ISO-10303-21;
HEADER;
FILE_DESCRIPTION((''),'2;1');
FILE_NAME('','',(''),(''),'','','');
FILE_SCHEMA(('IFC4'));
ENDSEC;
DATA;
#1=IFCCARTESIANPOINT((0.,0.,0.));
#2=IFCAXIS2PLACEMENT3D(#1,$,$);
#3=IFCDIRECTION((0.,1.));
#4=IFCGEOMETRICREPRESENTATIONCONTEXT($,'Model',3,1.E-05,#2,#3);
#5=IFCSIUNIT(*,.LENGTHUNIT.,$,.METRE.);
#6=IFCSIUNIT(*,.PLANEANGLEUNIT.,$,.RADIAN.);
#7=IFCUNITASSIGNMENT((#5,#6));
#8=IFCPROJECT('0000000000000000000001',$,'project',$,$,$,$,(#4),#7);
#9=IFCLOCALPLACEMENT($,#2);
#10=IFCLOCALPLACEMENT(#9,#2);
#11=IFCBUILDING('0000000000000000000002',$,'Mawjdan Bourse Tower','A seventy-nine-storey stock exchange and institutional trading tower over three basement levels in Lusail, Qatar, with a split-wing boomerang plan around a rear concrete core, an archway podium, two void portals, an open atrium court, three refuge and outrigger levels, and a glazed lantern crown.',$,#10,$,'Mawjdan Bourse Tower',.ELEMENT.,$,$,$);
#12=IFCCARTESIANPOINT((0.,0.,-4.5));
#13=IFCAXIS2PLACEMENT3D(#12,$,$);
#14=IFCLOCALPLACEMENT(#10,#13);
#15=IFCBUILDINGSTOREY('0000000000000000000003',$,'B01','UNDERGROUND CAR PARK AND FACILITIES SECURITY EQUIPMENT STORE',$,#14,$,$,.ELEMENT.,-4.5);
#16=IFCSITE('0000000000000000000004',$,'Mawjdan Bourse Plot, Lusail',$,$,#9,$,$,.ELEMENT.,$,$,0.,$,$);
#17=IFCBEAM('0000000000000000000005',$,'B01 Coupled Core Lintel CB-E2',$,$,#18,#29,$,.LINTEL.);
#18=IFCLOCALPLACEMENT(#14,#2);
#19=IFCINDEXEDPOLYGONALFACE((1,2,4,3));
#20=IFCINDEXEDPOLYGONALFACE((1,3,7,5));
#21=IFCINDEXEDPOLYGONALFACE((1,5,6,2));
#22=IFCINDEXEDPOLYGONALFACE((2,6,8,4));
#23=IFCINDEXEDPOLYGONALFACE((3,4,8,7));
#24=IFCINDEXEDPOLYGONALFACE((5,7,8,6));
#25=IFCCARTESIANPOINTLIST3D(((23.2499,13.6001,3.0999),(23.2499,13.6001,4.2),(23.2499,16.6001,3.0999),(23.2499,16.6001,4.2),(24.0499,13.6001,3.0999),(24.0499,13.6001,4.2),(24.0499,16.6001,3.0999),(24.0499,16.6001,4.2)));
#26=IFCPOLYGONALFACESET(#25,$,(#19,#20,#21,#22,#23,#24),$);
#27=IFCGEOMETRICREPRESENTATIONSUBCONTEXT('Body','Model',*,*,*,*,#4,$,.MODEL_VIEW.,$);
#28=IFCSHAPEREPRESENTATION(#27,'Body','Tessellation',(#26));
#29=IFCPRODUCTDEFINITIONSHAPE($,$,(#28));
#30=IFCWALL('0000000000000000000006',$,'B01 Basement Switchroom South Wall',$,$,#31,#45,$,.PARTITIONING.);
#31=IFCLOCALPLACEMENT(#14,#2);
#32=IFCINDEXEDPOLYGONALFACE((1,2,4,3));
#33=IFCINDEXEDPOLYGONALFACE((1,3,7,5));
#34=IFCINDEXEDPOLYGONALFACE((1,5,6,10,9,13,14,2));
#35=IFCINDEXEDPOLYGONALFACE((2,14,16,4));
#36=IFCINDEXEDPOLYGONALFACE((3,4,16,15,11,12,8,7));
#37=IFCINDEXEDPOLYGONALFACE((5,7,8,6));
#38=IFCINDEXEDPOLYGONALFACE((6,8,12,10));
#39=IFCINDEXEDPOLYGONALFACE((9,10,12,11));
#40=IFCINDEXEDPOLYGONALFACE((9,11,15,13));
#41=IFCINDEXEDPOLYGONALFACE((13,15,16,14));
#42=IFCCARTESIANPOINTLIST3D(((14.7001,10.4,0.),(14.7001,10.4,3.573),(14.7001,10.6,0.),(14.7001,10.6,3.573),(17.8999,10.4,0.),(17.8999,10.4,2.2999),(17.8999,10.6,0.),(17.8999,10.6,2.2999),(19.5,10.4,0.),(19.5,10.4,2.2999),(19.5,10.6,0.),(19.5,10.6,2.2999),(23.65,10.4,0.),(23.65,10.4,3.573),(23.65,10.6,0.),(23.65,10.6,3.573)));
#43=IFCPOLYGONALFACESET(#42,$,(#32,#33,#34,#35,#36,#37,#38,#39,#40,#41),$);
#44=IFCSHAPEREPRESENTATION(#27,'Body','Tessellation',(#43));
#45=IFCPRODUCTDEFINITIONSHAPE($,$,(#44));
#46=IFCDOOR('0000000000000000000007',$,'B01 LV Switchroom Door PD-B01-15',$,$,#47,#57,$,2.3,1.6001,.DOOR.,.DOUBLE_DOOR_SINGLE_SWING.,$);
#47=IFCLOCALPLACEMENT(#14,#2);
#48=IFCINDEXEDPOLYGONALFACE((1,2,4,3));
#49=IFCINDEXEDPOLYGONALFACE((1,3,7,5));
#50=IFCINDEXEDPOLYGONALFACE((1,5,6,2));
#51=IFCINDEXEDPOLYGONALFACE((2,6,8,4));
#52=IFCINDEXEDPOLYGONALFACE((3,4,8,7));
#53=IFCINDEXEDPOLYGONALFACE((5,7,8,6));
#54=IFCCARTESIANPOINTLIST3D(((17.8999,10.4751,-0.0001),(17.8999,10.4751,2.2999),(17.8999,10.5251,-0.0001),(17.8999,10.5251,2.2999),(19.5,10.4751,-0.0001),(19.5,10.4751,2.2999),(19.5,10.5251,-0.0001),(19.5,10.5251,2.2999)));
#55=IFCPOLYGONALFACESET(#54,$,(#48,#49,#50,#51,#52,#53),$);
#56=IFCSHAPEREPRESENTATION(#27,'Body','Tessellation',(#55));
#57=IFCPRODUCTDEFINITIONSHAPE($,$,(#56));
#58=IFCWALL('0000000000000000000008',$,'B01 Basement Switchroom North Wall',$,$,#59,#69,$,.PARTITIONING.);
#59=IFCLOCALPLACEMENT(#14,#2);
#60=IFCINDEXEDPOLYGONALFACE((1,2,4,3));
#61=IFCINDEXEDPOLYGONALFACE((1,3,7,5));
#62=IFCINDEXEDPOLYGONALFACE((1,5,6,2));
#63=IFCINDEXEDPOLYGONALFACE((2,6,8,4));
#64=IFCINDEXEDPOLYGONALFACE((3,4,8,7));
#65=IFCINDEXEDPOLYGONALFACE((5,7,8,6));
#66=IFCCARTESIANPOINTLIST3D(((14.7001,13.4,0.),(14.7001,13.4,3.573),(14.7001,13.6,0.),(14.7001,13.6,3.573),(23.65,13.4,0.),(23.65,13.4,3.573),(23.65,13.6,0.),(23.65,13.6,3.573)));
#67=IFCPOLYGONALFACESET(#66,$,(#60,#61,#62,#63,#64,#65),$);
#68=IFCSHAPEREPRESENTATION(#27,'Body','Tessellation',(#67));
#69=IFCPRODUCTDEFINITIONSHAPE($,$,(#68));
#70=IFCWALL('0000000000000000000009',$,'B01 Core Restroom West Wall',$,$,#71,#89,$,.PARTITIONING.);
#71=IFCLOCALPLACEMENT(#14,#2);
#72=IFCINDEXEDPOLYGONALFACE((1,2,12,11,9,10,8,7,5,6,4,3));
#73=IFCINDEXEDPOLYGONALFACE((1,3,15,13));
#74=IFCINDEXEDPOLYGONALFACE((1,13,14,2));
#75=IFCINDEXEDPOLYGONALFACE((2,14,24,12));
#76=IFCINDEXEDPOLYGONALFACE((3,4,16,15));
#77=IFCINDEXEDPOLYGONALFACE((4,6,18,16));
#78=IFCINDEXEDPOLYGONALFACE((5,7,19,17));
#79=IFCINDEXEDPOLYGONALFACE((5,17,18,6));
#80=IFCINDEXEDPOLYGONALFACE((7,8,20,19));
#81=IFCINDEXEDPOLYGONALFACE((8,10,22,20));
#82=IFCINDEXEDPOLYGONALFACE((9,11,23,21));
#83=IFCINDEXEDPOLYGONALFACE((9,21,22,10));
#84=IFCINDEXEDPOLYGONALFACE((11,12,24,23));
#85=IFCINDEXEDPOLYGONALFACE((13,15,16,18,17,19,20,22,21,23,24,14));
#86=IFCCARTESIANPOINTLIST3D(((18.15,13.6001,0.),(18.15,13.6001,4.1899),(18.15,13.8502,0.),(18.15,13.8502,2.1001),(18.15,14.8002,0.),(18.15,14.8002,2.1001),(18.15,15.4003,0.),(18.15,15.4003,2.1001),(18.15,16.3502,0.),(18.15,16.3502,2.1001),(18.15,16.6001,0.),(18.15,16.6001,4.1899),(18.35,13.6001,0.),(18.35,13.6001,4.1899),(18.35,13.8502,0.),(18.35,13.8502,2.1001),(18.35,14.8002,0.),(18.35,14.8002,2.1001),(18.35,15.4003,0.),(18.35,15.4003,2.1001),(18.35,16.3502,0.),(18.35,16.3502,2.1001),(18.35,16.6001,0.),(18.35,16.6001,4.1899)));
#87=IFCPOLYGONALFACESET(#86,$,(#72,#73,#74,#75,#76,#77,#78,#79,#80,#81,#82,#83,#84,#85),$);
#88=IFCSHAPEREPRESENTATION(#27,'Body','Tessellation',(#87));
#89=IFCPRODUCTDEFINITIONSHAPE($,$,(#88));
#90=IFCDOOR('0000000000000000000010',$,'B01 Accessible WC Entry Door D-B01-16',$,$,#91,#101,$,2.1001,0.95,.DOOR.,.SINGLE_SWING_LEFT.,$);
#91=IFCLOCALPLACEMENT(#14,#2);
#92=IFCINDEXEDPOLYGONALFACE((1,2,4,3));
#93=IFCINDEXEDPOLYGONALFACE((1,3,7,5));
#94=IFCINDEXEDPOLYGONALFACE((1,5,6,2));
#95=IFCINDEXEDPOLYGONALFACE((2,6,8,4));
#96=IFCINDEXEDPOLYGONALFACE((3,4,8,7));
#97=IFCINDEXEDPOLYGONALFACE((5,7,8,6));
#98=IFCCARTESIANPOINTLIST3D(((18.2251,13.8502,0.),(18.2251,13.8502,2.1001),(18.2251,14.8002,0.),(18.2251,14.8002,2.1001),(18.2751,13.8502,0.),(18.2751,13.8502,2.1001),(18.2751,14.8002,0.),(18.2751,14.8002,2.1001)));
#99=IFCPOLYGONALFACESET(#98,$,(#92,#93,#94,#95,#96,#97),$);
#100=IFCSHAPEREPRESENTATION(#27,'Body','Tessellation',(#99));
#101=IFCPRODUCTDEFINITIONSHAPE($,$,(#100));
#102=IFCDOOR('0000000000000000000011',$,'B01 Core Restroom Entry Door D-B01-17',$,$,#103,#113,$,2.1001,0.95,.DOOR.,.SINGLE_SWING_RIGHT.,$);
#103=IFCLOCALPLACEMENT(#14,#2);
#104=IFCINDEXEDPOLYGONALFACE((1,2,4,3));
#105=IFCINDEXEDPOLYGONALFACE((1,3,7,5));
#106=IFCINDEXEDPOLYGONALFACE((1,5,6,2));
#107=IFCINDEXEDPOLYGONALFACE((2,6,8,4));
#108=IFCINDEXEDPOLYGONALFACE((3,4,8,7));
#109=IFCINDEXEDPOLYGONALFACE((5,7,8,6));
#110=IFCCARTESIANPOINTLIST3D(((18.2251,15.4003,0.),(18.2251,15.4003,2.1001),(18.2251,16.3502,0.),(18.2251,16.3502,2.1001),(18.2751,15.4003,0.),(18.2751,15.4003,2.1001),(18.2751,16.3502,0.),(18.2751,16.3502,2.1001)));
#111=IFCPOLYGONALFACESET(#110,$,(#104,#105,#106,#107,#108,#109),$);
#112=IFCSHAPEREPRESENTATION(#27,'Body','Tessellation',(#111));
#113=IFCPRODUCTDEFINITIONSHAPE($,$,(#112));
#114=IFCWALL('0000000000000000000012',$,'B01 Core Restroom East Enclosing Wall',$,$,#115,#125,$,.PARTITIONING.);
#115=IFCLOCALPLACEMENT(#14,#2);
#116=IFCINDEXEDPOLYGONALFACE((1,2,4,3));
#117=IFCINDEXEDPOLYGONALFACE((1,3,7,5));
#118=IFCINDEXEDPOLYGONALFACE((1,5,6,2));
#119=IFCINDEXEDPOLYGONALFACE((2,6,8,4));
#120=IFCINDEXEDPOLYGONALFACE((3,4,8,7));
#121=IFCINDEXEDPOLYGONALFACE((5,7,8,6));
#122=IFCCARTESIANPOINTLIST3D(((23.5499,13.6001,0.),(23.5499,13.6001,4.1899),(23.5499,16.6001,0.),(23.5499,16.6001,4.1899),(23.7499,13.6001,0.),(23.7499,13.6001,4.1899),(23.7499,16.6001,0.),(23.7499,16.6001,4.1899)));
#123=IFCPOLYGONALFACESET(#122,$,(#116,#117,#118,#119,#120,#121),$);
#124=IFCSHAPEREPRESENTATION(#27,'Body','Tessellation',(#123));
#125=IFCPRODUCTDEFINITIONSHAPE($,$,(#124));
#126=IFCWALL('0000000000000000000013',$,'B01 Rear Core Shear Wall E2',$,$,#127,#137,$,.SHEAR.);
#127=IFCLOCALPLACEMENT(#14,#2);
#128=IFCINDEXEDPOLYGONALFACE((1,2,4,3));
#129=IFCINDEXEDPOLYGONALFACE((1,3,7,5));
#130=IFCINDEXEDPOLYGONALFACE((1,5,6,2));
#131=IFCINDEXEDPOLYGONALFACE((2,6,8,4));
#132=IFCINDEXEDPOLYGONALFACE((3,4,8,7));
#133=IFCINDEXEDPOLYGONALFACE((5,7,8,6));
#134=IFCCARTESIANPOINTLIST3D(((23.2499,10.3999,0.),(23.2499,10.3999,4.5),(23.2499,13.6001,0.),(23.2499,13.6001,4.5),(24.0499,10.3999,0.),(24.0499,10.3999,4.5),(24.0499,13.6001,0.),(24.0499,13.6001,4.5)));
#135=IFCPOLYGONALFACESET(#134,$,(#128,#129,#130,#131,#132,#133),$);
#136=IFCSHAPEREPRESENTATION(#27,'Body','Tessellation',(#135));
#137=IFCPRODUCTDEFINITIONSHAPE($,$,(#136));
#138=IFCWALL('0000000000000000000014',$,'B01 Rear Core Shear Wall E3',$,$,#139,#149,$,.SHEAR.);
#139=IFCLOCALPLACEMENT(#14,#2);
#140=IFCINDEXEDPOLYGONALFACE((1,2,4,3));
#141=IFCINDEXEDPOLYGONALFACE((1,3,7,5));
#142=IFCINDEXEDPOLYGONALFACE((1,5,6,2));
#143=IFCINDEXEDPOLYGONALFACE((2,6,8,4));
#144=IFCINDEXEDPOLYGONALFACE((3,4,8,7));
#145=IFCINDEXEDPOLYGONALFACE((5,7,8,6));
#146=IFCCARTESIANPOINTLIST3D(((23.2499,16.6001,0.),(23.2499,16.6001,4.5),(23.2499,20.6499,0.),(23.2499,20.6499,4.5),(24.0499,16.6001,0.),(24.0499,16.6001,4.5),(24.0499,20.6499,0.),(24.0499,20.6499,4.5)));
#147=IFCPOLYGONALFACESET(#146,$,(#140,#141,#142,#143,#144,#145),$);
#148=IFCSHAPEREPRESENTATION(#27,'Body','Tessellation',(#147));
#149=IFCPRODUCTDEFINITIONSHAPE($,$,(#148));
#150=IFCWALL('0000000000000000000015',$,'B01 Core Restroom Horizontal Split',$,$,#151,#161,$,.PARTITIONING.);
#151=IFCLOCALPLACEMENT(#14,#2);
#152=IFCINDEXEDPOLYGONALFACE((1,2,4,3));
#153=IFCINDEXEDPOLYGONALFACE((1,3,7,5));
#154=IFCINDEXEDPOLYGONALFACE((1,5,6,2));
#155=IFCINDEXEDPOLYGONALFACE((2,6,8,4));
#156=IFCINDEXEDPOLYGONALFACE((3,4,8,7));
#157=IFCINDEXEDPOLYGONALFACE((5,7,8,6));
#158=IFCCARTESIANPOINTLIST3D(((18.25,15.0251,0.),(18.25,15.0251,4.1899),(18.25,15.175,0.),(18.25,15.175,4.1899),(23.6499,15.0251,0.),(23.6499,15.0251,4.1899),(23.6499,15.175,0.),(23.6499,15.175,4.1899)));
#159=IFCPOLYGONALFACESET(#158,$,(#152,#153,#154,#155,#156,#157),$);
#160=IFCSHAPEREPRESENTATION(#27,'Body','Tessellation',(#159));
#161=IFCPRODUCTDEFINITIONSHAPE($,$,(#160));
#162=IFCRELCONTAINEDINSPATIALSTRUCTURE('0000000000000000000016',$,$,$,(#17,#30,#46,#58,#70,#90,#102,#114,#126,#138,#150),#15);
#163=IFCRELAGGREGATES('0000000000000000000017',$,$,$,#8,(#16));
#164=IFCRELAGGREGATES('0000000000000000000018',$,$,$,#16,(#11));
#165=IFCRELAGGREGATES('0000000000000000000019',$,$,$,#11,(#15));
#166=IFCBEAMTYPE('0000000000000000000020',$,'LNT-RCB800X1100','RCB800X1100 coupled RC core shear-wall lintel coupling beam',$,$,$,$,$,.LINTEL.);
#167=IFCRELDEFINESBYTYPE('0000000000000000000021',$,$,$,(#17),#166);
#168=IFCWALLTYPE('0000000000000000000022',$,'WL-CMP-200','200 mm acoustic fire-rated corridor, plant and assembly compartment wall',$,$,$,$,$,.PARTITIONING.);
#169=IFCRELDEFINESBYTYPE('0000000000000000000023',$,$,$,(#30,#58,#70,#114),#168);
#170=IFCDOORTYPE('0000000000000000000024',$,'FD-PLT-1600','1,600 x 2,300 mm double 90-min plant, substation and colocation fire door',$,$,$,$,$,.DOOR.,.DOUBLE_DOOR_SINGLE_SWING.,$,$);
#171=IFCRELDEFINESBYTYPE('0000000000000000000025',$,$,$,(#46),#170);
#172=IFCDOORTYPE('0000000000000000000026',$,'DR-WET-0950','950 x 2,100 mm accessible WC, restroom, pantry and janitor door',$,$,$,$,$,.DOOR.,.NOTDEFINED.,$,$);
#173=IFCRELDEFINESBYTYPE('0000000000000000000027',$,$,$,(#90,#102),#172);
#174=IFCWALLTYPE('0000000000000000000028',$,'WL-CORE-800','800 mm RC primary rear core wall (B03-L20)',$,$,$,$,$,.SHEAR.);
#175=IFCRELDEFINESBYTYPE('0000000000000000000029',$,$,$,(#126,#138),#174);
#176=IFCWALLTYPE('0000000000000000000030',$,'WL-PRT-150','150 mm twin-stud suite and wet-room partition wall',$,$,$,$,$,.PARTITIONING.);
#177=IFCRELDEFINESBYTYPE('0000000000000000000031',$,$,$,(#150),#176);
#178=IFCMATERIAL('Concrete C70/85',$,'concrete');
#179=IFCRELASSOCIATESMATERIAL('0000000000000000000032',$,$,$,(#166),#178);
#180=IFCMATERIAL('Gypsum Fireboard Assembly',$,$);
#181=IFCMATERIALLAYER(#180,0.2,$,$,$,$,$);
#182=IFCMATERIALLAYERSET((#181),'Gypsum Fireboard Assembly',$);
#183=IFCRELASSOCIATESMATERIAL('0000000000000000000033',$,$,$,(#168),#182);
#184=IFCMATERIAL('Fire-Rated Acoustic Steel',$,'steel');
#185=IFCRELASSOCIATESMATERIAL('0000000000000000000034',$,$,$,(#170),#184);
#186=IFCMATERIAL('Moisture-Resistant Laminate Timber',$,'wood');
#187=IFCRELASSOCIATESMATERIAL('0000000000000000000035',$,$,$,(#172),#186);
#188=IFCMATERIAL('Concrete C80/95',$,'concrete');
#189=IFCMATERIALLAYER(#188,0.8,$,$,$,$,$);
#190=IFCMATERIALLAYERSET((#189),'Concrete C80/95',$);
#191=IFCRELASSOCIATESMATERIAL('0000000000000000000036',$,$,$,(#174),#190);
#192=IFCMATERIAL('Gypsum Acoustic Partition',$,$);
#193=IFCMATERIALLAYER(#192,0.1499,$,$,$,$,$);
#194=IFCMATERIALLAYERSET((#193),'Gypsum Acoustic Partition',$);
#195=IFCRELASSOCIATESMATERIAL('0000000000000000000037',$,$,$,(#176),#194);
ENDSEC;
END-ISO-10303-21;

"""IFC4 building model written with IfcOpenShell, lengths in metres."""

from ifc_helpers import new_model, si_unit, direction, frame, frame_2d, origin, origin_2d, place, context, subcontext, project, spatial, rectangle, extrude, material, layer, layer_set, material_profile, profile_set, type_object, element, fill, save


model = new_model("IFC4")

# Units and contexts
model_context = context("Model", 3, precision=1e-05, world=origin(), true_north=direction((0.0, 1.0)))
body_context = subcontext(model_context, "Body", "Model", "MODEL_VIEW")
ifc_project = project(units=[si_unit("LENGTHUNIT", "METRE"), si_unit("PLANEANGLEUNIT", "RADIAN")], contexts=[model_context])

# Site, building, storey
site_placement = place(None, origin())
site = spatial("IfcSite", under=ifc_project, at=site_placement, Name="Mawjdan Bourse Plot, Lusail", CompositionType="ELEMENT", RefElevation=0.0)
building_placement = place(site_placement, origin())
building = spatial("IfcBuilding", under=site, at=building_placement, Name="Mawjdan Bourse Tower", Description="A seventy-nine-storey stock exchange and institutional trading tower over three basement levels in Lusail, Qatar, with a split-wing boomerang plan around a rear concrete core, an archway podium, two void portals, an open atrium court, three refuge and outrigger levels, and a glazed lantern crown.", LongName="Mawjdan Bourse Tower", CompositionType="ELEMENT")
storey_placement = place(building_placement, frame((0.0, 0.0, -4.5)))
storey = spatial("IfcBuildingStorey", under=building, at=storey_placement, Name="B01", Description="UNDERGROUND CAR PARK AND FACILITIES SECURITY EQUIPMENT STORE", CompositionType="ELEMENT", Elevation=-4.5)

# Beam
ifc_material_1 = material(Name="Concrete C70/85", Category="concrete")
ifc_material_profile_1 = material_profile(ifc_material_1, rectangle(XDim=0.8, YDim=1.1001, at=origin_2d()), Name="RCB800X1100")
ifc_profile_set_1 = profile_set([ifc_material_profile_1], Name="Concrete C70/85")
beam_type_1 = type_object("IfcBeamType", Name="LNT-RCB800X1100", Description="RCB800X1100 coupled RC core shear-wall lintel coupling beam", PredefinedType="LINTEL", material=ifc_profile_set_1)
beam_1_placement = place(storey_placement, frame((23.6499, 13.6001, 3.6499), z_axis=(0.0, 1.0, 0.0), x_axis=(-1.0, 0.0, 0.0)))
element("IfcBeam", 1, at=beam_1_placement, inside=storey, type_object=beam_type_1, Name="B01 Coupled Core Lintel CB-E2", PredefinedType="LINTEL", context=body_context, shape_type="SweptSolid", body=[
    extrude(rectangle(XDim=0.8, YDim=1.1001, at=origin_2d()), origin(), (0.0, 0.0, 1.0), 3.0),
])

# Wall, opening, door
ifc_material_2 = material(Name="Gypsum Fireboard Assembly")
ifc_layer_1 = layer(ifc_material_2, 0.2)
ifc_layer_set_1 = layer_set([ifc_layer_1], Name="Gypsum Fireboard Assembly")
wall_type_1 = type_object("IfcWallType", Name="WL-CMP-200", Description="200 mm acoustic fire-rated corridor, plant and assembly compartment wall", PredefinedType="PARTITIONING", material=ifc_layer_set_1)
wall_1_placement = place(storey_placement, frame((14.7, 10.5, 0.0), z_axis=(0.0, 0.0, 1.0), x_axis=(1.0, 0.0, 0.0)))
wall_1 = element("IfcWall", 2, at=wall_1_placement, inside=storey, type_object=wall_type_1, Name="B01 Basement Switchroom South Wall", PredefinedType="PARTITIONING", context=body_context, shape_type="SweptSolid", body=[
    extrude(rectangle(XDim=8.95, YDim=0.2, at=frame_2d((4.4751, 0.0))), origin(), (0.0, 0.0, 1.0), 3.573),
])
opening_1_placement = place(wall_1_placement, frame((3.2, 0.0, 0.0)))
opening_1 = element("IfcOpeningElement", 3, at=opening_1_placement, cuts=wall_1, PredefinedType="OPENING", context=body_context, shape_type="SweptSolid", body=[
    extrude(rectangle(XDim=1.6001, YDim=2.3, at=frame_2d((0.8, 1.1499))), frame((0.0, 0.1099, 0.0), z_axis=(0.0, -1.0, 0.0), x_axis=(1.0, 0.0, 0.0)), (0.0, 0.0, 1.0), 0.22),
])
ifc_material_3 = material(Name="Fire-Rated Acoustic Steel", Category="steel")
door_type_1 = type_object("IfcDoorType", Name="FD-PLT-1600", Description="1,600 x 2,300 mm double 90-min plant, substation and colocation fire door", OperationType="DOUBLE_DOOR_SINGLE_SWING", PredefinedType="DOOR", material=ifc_material_3)
door_1_placement = place(opening_1_placement, frame((1.6001, 0.0, 0.0), z_axis=(0.0, 0.0, 1.0), x_axis=(-1.0, 0.0, 0.0)))
door_1 = element("IfcDoor", 4, at=door_1_placement, inside=storey, type_object=door_type_1, Name="B01 LV Switchroom Door PD-B01-15", OperationType="DOUBLE_DOOR_SINGLE_SWING", OverallHeight=2.3, OverallWidth=1.6001, PredefinedType="DOOR", context=body_context, shape_type="SweptSolid", body=[
    extrude(rectangle(XDim=1.6001, YDim=2.3, at=frame_2d((0.8, 1.1499))), frame((0.0, 0.0249, 0.0), z_axis=(0.0, -1.0, 0.0), x_axis=(1.0, 0.0, 0.0)), (0.0, 0.0, 1.0), 0.05),
])
fill(opening_1, door_1)

# Wall
wall_2_placement = place(storey_placement, frame((14.7, 13.5, 0.0), z_axis=(0.0, 0.0, 1.0), x_axis=(1.0, 0.0, 0.0)))
element("IfcWall", 5, at=wall_2_placement, inside=storey, type_object=wall_type_1, Name="B01 Basement Switchroom North Wall", PredefinedType="PARTITIONING", context=body_context, shape_type="SweptSolid", body=[
    extrude(rectangle(XDim=8.95, YDim=0.2, at=frame_2d((4.4751, 0.0))), origin(), (0.0, 0.0, 1.0), 3.573),
])

# Wall, openings, doors
wall_3_placement = place(storey_placement, frame((18.25, 13.6001, 0.0), z_axis=(0.0, 0.0, 1.0), x_axis=(0.0, 1.0, 0.0)))
wall_3 = element("IfcWall", 6, at=wall_3_placement, inside=storey, type_object=wall_type_1, Name="B01 Core Restroom West Wall", PredefinedType="PARTITIONING", context=body_context, shape_type="SweptSolid", body=[
    extrude(rectangle(XDim=3.0, YDim=0.2, at=frame_2d((1.5, 0.0))), origin(), (0.0, 0.0, 1.0), 4.1899),
])
opening_2_placement = place(wall_3_placement, frame((0.25, 0.0, 0.0)))
opening_2 = element("IfcOpeningElement", 7, at=opening_2_placement, cuts=wall_3, PredefinedType="OPENING", context=body_context, shape_type="SweptSolid", body=[
    extrude(rectangle(XDim=0.95, YDim=2.1001, at=frame_2d((0.4751, 1.05))), frame((0.0, 0.1099, 0.0), z_axis=(0.0, -1.0, 0.0), x_axis=(1.0, 0.0, 0.0)), (0.0, 0.0, 1.0), 0.22),
])
opening_3_placement = place(wall_3_placement, frame((1.8, 0.0, 0.0)))
opening_3 = element("IfcOpeningElement", 8, at=opening_3_placement, cuts=wall_3, PredefinedType="OPENING", context=body_context, shape_type="SweptSolid", body=[
    extrude(rectangle(XDim=0.95, YDim=2.1001, at=frame_2d((0.4751, 1.05))), frame((0.0, 0.1099, 0.0), z_axis=(0.0, -1.0, 0.0), x_axis=(1.0, 0.0, 0.0)), (0.0, 0.0, 1.0), 0.22),
])
ifc_material_4 = material(Name="Moisture-Resistant Laminate Timber", Category="wood")
door_type_2 = type_object("IfcDoorType", Name="DR-WET-0950", Description="950 x 2,100 mm accessible WC, restroom, pantry and janitor door", OperationType="NOTDEFINED", PredefinedType="DOOR", material=ifc_material_4)
door_2_placement = place(opening_2_placement, origin())
door_2 = element("IfcDoor", 9, at=door_2_placement, inside=storey, type_object=door_type_2, Name="B01 Accessible WC Entry Door D-B01-16", OperationType="SINGLE_SWING_LEFT", OverallHeight=2.1001, OverallWidth=0.95, PredefinedType="DOOR", context=body_context, shape_type="SweptSolid", body=[
    extrude(rectangle(XDim=0.95, YDim=2.1001, at=frame_2d((0.4751, 1.05))), frame((0.0, 0.0249, 0.0), z_axis=(0.0, -1.0, 0.0), x_axis=(1.0, 0.0, 0.0)), (0.0, 0.0, 1.0), 0.05),
])
fill(opening_2, door_2)
door_3_placement = place(opening_3_placement, origin())
door_3 = element("IfcDoor", 10, at=door_3_placement, inside=storey, type_object=door_type_2, Name="B01 Core Restroom Entry Door D-B01-17", OperationType="SINGLE_SWING_RIGHT", OverallHeight=2.1001, OverallWidth=0.95, PredefinedType="DOOR", context=body_context, shape_type="SweptSolid", body=[
    extrude(rectangle(XDim=0.95, YDim=2.1001, at=frame_2d((0.4751, 1.05))), frame((0.0, 0.0249, 0.0), z_axis=(0.0, -1.0, 0.0), x_axis=(1.0, 0.0, 0.0)), (0.0, 0.0, 1.0), 0.05),
])
fill(opening_3, door_3)

# Walls
wall_4_placement = place(storey_placement, frame((23.6499, 13.6001, 0.0), z_axis=(0.0, 0.0, 1.0), x_axis=(0.0, 1.0, 0.0)))
element("IfcWall", 11, at=wall_4_placement, inside=storey, type_object=wall_type_1, Name="B01 Core Restroom East Enclosing Wall", PredefinedType="PARTITIONING", context=body_context, shape_type="SweptSolid", body=[
    extrude(rectangle(XDim=3.0, YDim=0.2, at=frame_2d((1.5, 0.0))), origin(), (0.0, 0.0, 1.0), 4.1899),
])
ifc_material_5 = material(Name="Concrete C80/95", Category="concrete")
ifc_layer_2 = layer(ifc_material_5, 0.8)
ifc_layer_set_2 = layer_set([ifc_layer_2], Name="Concrete C80/95")
wall_type_2 = type_object("IfcWallType", Name="WL-CORE-800", Description="800 mm RC primary rear core wall (B03-L20)", PredefinedType="SHEAR", material=ifc_layer_set_2)
wall_5_placement = place(storey_placement, frame((23.6499, 10.3999, 0.0), z_axis=(0.0, 0.0, 1.0), x_axis=(0.0, 1.0, 0.0)))
element("IfcWall", 12, at=wall_5_placement, inside=storey, type_object=wall_type_2, Name="B01 Rear Core Shear Wall E2", PredefinedType="SHEAR", context=body_context, shape_type="SweptSolid", body=[
    extrude(rectangle(XDim=3.2002, YDim=0.8, at=frame_2d((1.6001, 0.0))), origin(), (0.0, 0.0, 1.0), 4.5),
])
wall_6_placement = place(storey_placement, frame((23.6499, 16.6001, 0.0), z_axis=(0.0, 0.0, 1.0), x_axis=(0.0, 1.0, 0.0)))
element("IfcWall", 13, at=wall_6_placement, inside=storey, type_object=wall_type_2, Name="B01 Rear Core Shear Wall E3", PredefinedType="SHEAR", context=body_context, shape_type="SweptSolid", body=[
    extrude(rectangle(XDim=4.0498, YDim=0.8, at=frame_2d((2.0249, 0.0))), origin(), (0.0, 0.0, 1.0), 4.5),
])
ifc_material_6 = material(Name="Gypsum Acoustic Partition")
ifc_layer_3 = layer(ifc_material_6, 0.1499)
ifc_layer_set_3 = layer_set([ifc_layer_3], Name="Gypsum Acoustic Partition")
wall_type_3 = type_object("IfcWallType", Name="WL-PRT-150", Description="150 mm twin-stud suite and wet-room partition wall", PredefinedType="PARTITIONING", material=ifc_layer_set_3)
wall_7_placement = place(storey_placement, frame((18.25, 15.1001, 0.0), z_axis=(0.0, 0.0, 1.0), x_axis=(1.0, 0.0, 0.0)))
element("IfcWall", 14, at=wall_7_placement, inside=storey, type_object=wall_type_3, Name="B01 Core Restroom Horizontal Split", PredefinedType="PARTITIONING", context=body_context, shape_type="SweptSolid", body=[
    extrude(rectangle(XDim=5.3999, YDim=0.1499, at=frame_2d((2.7, 0.0))), origin(), (0.0, 0.0, 1.0), 4.1899),
])

save(model, "model.ifc")
